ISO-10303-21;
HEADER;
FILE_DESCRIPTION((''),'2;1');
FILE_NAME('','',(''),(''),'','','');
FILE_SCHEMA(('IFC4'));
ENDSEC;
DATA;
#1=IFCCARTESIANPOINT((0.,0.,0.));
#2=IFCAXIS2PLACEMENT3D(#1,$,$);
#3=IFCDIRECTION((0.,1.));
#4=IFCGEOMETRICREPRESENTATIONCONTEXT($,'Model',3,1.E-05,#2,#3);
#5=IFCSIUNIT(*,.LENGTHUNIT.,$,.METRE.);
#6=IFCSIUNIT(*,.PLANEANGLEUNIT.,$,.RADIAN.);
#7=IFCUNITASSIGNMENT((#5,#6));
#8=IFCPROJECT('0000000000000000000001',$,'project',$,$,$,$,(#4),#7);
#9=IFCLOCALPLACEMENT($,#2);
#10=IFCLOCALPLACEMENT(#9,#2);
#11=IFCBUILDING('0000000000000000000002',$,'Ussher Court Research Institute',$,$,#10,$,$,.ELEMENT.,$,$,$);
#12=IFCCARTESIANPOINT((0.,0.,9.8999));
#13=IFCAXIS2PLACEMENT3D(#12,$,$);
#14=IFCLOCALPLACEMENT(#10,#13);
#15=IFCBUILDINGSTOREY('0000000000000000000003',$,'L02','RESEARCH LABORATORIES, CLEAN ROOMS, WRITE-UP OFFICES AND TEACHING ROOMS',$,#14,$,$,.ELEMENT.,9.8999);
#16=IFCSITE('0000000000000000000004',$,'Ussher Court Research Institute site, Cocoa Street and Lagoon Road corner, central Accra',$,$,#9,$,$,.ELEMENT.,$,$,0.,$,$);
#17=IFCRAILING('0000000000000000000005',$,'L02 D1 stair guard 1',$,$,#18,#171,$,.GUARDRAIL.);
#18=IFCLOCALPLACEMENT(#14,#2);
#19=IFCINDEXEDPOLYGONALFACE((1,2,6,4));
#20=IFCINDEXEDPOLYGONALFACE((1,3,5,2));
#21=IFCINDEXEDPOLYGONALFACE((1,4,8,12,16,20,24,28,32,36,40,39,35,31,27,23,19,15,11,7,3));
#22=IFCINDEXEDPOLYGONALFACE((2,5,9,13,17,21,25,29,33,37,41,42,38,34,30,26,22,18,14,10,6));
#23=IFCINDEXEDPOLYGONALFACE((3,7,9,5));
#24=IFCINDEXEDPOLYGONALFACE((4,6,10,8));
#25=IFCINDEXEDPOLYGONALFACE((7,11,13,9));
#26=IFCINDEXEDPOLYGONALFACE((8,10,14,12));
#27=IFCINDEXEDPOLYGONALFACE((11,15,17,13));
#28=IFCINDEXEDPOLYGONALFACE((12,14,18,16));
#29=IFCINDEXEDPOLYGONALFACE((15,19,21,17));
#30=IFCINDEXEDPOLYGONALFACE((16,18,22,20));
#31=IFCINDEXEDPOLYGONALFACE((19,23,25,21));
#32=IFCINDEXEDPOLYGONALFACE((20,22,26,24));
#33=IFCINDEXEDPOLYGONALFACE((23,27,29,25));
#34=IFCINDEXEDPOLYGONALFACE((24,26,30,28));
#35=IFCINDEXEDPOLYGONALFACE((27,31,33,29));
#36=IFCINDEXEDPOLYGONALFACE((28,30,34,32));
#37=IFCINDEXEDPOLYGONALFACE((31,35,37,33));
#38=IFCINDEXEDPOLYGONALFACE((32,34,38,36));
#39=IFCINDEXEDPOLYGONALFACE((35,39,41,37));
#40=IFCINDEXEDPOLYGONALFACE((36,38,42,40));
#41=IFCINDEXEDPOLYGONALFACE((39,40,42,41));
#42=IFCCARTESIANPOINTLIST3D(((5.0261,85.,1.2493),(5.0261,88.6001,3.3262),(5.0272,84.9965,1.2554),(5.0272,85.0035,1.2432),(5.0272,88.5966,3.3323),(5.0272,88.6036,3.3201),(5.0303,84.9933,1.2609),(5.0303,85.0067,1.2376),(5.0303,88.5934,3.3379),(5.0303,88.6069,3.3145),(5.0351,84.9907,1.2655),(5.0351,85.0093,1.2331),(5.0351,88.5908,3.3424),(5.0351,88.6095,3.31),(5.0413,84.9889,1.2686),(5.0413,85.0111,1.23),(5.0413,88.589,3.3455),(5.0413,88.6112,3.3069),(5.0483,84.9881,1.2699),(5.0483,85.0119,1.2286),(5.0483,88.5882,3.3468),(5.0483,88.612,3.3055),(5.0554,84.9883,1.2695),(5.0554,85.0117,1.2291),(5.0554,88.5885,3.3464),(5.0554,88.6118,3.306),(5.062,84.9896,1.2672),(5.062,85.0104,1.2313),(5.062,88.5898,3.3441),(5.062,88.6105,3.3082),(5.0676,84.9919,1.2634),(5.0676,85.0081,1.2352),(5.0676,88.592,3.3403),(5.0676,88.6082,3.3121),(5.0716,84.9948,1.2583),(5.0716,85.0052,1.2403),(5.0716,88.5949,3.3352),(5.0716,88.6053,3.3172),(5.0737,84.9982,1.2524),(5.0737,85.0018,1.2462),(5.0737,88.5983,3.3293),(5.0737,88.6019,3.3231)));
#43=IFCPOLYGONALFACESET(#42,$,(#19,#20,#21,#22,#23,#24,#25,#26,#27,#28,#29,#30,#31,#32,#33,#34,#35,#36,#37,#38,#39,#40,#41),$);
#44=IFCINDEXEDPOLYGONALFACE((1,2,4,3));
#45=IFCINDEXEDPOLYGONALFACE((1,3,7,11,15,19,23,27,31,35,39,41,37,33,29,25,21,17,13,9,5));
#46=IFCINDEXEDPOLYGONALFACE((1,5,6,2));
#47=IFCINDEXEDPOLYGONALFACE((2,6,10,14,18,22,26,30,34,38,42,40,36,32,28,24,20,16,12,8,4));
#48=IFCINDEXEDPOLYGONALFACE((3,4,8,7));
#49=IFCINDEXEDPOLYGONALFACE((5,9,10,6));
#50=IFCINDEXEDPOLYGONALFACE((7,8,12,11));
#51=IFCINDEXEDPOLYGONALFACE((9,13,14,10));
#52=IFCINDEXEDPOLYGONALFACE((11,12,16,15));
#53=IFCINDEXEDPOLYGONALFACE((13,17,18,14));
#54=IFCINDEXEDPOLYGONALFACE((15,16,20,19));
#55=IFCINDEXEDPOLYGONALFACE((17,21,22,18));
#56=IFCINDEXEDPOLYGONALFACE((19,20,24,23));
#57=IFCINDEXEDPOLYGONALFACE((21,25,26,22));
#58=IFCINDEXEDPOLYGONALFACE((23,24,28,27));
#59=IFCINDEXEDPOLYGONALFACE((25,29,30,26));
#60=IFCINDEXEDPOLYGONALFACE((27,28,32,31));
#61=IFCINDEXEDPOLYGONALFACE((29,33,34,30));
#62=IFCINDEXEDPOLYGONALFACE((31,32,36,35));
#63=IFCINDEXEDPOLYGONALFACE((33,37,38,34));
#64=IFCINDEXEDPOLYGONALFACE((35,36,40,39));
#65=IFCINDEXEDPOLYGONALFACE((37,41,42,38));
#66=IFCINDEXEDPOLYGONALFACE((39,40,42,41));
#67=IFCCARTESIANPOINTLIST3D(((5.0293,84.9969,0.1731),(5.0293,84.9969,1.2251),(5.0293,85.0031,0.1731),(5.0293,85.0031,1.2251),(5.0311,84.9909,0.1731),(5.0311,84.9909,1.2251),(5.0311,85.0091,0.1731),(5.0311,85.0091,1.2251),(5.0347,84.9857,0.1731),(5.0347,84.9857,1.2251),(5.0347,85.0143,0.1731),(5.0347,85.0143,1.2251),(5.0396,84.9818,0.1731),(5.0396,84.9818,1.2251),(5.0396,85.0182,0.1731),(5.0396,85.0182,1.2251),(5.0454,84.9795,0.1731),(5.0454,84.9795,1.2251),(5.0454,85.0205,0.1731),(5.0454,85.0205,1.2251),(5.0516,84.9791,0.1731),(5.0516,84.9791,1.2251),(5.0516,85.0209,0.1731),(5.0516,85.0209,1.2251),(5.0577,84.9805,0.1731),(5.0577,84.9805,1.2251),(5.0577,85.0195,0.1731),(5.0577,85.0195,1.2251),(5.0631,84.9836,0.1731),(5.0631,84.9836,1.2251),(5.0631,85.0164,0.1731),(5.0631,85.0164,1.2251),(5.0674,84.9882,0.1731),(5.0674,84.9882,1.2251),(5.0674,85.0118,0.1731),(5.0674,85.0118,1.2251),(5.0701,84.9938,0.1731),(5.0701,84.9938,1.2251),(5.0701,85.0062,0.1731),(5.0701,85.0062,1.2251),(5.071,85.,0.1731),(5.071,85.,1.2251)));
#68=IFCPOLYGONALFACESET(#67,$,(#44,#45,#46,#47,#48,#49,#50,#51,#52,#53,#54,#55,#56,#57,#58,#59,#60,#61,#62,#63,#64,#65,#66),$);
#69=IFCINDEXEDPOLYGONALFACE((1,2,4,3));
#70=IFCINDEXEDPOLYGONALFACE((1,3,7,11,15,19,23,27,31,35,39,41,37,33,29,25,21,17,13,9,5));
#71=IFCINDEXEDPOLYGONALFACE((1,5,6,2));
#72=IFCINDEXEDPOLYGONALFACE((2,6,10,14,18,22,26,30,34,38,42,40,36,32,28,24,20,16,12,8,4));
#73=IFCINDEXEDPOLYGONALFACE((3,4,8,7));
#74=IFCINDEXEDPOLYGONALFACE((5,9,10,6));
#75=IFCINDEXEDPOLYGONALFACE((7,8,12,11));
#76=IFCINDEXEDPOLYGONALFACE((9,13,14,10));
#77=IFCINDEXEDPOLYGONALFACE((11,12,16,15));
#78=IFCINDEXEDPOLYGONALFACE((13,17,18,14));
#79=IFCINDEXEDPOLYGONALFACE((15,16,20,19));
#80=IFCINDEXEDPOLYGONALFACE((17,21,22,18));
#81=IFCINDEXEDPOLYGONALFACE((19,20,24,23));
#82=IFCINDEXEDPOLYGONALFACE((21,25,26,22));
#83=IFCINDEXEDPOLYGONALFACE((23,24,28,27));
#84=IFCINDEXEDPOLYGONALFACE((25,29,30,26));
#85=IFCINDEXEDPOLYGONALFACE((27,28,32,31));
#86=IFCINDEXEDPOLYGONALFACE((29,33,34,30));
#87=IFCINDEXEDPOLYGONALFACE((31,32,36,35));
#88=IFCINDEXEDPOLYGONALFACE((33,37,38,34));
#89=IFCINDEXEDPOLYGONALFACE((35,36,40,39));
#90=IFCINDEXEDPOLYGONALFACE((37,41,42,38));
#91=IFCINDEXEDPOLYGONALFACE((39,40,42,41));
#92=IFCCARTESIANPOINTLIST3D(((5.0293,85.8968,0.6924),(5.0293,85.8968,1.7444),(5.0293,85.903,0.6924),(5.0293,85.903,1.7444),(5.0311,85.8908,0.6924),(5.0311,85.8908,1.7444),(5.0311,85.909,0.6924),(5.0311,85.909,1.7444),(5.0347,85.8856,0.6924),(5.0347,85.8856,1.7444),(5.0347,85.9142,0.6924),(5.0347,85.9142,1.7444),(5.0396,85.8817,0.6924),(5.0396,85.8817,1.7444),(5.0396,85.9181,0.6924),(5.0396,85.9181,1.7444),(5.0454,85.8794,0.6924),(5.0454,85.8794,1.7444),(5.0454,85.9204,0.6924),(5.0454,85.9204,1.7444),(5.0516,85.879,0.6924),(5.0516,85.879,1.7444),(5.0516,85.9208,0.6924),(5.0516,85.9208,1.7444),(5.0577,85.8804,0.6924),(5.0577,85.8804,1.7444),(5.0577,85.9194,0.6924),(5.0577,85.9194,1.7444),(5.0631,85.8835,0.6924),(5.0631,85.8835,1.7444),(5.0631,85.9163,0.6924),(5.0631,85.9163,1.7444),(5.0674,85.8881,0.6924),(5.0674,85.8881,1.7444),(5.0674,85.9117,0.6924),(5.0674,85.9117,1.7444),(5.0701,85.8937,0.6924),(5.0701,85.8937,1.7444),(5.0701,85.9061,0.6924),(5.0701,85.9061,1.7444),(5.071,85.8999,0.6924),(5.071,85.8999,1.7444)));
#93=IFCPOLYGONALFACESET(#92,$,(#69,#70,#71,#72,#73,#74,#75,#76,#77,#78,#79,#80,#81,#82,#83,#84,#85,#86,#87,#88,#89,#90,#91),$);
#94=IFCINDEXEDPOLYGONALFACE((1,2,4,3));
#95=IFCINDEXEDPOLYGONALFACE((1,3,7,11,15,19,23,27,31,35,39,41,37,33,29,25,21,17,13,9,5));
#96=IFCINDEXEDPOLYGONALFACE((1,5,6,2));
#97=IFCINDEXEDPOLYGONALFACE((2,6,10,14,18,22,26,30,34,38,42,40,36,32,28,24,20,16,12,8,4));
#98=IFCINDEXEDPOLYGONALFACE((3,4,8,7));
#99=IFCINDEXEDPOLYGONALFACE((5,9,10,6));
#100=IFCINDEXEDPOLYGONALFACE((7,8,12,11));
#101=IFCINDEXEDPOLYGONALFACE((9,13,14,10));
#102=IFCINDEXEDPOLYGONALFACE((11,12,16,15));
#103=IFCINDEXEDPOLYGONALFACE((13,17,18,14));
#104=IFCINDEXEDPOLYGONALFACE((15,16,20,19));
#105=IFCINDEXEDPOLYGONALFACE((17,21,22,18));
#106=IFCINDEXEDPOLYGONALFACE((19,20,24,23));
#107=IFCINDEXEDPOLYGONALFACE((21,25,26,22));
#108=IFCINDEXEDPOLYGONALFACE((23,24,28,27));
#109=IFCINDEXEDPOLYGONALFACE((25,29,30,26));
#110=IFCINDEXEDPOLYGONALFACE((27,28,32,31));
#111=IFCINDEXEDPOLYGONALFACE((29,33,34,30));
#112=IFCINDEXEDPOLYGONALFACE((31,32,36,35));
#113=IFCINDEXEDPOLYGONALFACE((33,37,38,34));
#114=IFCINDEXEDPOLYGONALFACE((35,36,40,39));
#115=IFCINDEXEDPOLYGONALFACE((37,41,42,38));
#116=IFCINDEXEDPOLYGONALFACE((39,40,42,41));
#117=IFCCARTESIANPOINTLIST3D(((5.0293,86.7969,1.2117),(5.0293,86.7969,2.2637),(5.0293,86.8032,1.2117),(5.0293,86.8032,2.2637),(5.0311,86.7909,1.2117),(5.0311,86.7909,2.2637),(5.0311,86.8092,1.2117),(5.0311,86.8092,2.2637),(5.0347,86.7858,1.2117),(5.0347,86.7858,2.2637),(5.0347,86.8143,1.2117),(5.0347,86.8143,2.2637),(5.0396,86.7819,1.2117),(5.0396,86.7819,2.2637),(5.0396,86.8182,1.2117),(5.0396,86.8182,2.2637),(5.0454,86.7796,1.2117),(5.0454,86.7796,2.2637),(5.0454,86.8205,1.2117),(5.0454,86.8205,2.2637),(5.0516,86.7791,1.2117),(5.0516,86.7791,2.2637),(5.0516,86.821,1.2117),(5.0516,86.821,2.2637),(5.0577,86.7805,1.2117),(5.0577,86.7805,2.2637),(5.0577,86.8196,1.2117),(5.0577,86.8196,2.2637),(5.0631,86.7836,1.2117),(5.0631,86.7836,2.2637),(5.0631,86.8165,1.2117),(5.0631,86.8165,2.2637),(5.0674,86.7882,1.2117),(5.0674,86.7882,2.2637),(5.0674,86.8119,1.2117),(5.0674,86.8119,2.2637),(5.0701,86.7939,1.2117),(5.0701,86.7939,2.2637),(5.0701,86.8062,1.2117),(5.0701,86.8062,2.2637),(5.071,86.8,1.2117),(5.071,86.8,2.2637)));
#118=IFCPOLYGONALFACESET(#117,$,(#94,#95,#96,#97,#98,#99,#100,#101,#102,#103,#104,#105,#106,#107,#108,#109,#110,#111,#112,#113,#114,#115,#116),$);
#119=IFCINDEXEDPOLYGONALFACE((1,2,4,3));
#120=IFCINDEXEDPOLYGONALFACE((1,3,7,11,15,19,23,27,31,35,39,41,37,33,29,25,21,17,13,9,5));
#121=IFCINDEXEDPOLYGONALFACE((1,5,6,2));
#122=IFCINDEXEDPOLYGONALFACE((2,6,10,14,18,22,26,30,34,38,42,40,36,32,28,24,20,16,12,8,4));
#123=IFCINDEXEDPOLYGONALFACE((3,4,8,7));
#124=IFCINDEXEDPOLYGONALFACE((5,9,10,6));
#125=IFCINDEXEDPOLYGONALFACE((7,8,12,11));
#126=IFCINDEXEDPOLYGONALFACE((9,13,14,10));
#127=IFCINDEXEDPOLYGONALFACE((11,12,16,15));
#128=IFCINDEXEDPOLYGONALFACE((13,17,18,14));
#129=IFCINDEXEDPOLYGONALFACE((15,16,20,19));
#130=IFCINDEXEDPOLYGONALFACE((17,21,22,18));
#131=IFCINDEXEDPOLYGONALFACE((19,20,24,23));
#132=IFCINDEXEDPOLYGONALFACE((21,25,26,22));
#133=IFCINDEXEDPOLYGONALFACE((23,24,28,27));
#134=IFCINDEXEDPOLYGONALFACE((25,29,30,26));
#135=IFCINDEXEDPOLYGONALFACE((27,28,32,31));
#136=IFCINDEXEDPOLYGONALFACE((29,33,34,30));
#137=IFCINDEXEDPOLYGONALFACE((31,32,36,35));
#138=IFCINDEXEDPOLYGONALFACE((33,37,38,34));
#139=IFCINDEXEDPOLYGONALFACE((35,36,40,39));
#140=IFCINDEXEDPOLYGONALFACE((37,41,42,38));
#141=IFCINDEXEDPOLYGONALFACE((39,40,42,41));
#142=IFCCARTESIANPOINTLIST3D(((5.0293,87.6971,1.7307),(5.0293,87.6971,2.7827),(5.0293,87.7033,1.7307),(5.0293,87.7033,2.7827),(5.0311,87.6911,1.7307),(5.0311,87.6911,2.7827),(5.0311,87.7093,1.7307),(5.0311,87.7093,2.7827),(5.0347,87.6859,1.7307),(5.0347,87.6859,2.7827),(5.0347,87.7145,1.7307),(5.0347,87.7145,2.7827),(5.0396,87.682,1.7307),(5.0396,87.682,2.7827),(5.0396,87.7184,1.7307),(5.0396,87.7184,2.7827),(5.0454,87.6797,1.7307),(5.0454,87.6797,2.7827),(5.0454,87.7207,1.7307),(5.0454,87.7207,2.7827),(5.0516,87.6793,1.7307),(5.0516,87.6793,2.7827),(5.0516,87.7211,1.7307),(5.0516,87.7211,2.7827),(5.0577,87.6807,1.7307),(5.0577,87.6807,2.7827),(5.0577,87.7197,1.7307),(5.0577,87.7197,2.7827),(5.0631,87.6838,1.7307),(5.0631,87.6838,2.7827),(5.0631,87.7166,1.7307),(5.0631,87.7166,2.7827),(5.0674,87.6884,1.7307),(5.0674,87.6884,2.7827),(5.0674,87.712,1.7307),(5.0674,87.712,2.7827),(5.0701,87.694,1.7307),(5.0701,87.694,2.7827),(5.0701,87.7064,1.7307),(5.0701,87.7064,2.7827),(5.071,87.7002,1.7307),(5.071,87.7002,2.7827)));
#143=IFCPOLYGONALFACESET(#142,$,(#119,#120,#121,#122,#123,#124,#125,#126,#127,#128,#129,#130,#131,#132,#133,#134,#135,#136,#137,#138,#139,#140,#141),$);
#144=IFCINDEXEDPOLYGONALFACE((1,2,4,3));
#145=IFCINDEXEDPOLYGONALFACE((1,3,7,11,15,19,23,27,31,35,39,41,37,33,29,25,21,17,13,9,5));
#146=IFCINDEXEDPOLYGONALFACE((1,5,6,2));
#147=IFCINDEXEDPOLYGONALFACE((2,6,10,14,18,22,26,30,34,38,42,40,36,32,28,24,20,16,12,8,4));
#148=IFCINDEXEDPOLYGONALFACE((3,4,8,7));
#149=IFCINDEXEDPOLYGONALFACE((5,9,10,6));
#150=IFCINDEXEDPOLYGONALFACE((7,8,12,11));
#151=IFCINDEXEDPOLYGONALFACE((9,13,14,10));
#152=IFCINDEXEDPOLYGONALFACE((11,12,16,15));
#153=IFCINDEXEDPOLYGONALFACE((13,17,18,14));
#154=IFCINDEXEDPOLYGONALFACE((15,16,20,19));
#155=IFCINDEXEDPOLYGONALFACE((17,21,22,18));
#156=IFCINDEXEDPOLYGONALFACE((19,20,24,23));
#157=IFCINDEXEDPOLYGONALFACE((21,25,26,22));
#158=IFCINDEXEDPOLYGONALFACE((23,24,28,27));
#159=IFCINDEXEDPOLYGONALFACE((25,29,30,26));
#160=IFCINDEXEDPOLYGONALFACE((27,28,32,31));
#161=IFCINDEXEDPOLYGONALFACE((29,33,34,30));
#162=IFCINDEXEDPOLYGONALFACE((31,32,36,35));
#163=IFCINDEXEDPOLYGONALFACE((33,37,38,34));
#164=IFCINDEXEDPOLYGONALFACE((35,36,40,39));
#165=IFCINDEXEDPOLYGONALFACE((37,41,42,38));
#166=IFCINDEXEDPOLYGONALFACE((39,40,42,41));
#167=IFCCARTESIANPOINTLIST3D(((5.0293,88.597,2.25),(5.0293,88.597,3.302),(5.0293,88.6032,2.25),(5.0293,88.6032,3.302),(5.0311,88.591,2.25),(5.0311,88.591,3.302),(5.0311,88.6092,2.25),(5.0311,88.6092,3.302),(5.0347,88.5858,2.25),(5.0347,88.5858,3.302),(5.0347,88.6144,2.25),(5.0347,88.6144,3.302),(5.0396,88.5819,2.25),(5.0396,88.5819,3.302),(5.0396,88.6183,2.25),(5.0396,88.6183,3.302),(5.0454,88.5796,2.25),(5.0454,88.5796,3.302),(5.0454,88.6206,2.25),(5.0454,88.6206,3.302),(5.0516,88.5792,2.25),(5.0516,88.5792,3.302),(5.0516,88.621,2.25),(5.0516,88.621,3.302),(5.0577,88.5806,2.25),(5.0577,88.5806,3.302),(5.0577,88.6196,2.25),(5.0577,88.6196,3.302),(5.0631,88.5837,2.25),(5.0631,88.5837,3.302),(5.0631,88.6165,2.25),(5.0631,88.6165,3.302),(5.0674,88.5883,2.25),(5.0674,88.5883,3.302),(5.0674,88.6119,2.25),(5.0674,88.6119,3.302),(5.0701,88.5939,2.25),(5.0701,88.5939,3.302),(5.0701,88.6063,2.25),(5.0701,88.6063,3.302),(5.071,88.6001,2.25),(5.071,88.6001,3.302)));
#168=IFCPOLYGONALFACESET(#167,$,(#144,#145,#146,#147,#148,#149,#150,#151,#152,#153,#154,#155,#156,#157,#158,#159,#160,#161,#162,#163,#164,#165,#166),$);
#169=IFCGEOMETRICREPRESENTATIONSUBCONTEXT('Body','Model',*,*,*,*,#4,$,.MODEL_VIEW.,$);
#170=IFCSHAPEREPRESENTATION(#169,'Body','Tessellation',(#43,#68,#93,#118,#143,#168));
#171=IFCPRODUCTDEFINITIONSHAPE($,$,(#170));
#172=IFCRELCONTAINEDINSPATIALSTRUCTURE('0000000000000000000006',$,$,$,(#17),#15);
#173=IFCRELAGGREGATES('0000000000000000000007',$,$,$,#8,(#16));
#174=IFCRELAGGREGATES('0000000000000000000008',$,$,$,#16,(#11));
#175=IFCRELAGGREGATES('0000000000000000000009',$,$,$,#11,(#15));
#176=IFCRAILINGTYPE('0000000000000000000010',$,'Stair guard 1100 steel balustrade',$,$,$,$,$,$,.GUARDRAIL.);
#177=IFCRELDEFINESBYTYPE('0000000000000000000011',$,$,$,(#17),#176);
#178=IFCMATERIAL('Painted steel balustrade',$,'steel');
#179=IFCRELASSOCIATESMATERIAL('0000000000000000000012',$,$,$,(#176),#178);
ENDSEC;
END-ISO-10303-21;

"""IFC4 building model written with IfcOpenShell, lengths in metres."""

from ifc_helpers import new_model, si_unit, direction, frame, origin, origin_2d, place, context, subcontext, project, spatial, circle, extrude, material, type_object, element, save


model = new_model("IFC4")

# Units and contexts
model_context = context("Model", 3, precision=1e-05, world=origin(), true_north=direction((0.0, 1.0)))
body_context = subcontext(model_context, "Body", "Model", "MODEL_VIEW")
ifc_project = project(units=[si_unit("LENGTHUNIT", "METRE"), si_unit("PLANEANGLEUNIT", "RADIAN")], contexts=[model_context])

# Site, building, storey
site_placement = place(None, origin())
site = spatial("IfcSite", under=ifc_project, at=site_placement, Name="Ussher Court Research Institute site, Cocoa Street and Lagoon Road corner, central Accra", CompositionType="ELEMENT", RefElevation=0.0)
building_placement = place(site_placement, origin())
building = spatial("IfcBuilding", under=site, at=building_placement, Name="Ussher Court Research Institute", CompositionType="ELEMENT")
storey_placement = place(building_placement, frame((0.0, 0.0, 9.8999)))
storey = spatial("IfcBuildingStorey", under=building, at=storey_placement, Name="L02", Description="RESEARCH LABORATORIES, CLEAN ROOMS, WRITE-UP OFFICES AND TEACHING ROOMS", CompositionType="ELEMENT", Elevation=9.8999)

# Railing
ifc_material_1 = material(Name="Painted steel balustrade", Category="steel")
railing_type_1 = type_object("IfcRailingType", Name="Stair guard 1100 steel balustrade", PredefinedType="GUARDRAIL", material=ifc_material_1)
railing_1_placement = place(storey_placement, frame((5.05, 85.0, 0.1731)))
element("IfcRailing", 1, at=railing_1_placement, inside=storey, type_object=railing_type_1, Name="L02 D1 stair guard 1", PredefinedType="GUARDRAIL", context=body_context, shape_type="SweptSolid", body=[
    extrude(circle(Radius=0.0239, at=origin_2d()), frame((0.0, 0.0, 1.0762), z_axis=(0.0, 0.866193, 0.499709), x_axis=(-1.0, 0.0, 0.0)), (0.0, 0.0, 1.0), 4.1562),
    extrude(circle(Radius=0.021, at=origin_2d()), origin(), (0.0, 0.0, 1.0), 1.052),
    extrude(circle(Radius=0.021, at=origin_2d()), frame((0.0, 0.8999, 0.5193)), (0.0, 0.0, 1.0), 1.052),
    extrude(circle(Radius=0.021, at=origin_2d()), frame((0.0, 1.8, 1.0386)), (0.0, 0.0, 1.0), 1.052),
    extrude(circle(Radius=0.021, at=origin_2d()), frame((0.0, 2.7002, 1.5576)), (0.0, 0.0, 1.0), 1.052),
    extrude(circle(Radius=0.021, at=origin_2d()), frame((0.0, 3.6001, 2.0769)), (0.0, 0.0, 1.0), 1.052),
])

save(model, "model.ifc")
